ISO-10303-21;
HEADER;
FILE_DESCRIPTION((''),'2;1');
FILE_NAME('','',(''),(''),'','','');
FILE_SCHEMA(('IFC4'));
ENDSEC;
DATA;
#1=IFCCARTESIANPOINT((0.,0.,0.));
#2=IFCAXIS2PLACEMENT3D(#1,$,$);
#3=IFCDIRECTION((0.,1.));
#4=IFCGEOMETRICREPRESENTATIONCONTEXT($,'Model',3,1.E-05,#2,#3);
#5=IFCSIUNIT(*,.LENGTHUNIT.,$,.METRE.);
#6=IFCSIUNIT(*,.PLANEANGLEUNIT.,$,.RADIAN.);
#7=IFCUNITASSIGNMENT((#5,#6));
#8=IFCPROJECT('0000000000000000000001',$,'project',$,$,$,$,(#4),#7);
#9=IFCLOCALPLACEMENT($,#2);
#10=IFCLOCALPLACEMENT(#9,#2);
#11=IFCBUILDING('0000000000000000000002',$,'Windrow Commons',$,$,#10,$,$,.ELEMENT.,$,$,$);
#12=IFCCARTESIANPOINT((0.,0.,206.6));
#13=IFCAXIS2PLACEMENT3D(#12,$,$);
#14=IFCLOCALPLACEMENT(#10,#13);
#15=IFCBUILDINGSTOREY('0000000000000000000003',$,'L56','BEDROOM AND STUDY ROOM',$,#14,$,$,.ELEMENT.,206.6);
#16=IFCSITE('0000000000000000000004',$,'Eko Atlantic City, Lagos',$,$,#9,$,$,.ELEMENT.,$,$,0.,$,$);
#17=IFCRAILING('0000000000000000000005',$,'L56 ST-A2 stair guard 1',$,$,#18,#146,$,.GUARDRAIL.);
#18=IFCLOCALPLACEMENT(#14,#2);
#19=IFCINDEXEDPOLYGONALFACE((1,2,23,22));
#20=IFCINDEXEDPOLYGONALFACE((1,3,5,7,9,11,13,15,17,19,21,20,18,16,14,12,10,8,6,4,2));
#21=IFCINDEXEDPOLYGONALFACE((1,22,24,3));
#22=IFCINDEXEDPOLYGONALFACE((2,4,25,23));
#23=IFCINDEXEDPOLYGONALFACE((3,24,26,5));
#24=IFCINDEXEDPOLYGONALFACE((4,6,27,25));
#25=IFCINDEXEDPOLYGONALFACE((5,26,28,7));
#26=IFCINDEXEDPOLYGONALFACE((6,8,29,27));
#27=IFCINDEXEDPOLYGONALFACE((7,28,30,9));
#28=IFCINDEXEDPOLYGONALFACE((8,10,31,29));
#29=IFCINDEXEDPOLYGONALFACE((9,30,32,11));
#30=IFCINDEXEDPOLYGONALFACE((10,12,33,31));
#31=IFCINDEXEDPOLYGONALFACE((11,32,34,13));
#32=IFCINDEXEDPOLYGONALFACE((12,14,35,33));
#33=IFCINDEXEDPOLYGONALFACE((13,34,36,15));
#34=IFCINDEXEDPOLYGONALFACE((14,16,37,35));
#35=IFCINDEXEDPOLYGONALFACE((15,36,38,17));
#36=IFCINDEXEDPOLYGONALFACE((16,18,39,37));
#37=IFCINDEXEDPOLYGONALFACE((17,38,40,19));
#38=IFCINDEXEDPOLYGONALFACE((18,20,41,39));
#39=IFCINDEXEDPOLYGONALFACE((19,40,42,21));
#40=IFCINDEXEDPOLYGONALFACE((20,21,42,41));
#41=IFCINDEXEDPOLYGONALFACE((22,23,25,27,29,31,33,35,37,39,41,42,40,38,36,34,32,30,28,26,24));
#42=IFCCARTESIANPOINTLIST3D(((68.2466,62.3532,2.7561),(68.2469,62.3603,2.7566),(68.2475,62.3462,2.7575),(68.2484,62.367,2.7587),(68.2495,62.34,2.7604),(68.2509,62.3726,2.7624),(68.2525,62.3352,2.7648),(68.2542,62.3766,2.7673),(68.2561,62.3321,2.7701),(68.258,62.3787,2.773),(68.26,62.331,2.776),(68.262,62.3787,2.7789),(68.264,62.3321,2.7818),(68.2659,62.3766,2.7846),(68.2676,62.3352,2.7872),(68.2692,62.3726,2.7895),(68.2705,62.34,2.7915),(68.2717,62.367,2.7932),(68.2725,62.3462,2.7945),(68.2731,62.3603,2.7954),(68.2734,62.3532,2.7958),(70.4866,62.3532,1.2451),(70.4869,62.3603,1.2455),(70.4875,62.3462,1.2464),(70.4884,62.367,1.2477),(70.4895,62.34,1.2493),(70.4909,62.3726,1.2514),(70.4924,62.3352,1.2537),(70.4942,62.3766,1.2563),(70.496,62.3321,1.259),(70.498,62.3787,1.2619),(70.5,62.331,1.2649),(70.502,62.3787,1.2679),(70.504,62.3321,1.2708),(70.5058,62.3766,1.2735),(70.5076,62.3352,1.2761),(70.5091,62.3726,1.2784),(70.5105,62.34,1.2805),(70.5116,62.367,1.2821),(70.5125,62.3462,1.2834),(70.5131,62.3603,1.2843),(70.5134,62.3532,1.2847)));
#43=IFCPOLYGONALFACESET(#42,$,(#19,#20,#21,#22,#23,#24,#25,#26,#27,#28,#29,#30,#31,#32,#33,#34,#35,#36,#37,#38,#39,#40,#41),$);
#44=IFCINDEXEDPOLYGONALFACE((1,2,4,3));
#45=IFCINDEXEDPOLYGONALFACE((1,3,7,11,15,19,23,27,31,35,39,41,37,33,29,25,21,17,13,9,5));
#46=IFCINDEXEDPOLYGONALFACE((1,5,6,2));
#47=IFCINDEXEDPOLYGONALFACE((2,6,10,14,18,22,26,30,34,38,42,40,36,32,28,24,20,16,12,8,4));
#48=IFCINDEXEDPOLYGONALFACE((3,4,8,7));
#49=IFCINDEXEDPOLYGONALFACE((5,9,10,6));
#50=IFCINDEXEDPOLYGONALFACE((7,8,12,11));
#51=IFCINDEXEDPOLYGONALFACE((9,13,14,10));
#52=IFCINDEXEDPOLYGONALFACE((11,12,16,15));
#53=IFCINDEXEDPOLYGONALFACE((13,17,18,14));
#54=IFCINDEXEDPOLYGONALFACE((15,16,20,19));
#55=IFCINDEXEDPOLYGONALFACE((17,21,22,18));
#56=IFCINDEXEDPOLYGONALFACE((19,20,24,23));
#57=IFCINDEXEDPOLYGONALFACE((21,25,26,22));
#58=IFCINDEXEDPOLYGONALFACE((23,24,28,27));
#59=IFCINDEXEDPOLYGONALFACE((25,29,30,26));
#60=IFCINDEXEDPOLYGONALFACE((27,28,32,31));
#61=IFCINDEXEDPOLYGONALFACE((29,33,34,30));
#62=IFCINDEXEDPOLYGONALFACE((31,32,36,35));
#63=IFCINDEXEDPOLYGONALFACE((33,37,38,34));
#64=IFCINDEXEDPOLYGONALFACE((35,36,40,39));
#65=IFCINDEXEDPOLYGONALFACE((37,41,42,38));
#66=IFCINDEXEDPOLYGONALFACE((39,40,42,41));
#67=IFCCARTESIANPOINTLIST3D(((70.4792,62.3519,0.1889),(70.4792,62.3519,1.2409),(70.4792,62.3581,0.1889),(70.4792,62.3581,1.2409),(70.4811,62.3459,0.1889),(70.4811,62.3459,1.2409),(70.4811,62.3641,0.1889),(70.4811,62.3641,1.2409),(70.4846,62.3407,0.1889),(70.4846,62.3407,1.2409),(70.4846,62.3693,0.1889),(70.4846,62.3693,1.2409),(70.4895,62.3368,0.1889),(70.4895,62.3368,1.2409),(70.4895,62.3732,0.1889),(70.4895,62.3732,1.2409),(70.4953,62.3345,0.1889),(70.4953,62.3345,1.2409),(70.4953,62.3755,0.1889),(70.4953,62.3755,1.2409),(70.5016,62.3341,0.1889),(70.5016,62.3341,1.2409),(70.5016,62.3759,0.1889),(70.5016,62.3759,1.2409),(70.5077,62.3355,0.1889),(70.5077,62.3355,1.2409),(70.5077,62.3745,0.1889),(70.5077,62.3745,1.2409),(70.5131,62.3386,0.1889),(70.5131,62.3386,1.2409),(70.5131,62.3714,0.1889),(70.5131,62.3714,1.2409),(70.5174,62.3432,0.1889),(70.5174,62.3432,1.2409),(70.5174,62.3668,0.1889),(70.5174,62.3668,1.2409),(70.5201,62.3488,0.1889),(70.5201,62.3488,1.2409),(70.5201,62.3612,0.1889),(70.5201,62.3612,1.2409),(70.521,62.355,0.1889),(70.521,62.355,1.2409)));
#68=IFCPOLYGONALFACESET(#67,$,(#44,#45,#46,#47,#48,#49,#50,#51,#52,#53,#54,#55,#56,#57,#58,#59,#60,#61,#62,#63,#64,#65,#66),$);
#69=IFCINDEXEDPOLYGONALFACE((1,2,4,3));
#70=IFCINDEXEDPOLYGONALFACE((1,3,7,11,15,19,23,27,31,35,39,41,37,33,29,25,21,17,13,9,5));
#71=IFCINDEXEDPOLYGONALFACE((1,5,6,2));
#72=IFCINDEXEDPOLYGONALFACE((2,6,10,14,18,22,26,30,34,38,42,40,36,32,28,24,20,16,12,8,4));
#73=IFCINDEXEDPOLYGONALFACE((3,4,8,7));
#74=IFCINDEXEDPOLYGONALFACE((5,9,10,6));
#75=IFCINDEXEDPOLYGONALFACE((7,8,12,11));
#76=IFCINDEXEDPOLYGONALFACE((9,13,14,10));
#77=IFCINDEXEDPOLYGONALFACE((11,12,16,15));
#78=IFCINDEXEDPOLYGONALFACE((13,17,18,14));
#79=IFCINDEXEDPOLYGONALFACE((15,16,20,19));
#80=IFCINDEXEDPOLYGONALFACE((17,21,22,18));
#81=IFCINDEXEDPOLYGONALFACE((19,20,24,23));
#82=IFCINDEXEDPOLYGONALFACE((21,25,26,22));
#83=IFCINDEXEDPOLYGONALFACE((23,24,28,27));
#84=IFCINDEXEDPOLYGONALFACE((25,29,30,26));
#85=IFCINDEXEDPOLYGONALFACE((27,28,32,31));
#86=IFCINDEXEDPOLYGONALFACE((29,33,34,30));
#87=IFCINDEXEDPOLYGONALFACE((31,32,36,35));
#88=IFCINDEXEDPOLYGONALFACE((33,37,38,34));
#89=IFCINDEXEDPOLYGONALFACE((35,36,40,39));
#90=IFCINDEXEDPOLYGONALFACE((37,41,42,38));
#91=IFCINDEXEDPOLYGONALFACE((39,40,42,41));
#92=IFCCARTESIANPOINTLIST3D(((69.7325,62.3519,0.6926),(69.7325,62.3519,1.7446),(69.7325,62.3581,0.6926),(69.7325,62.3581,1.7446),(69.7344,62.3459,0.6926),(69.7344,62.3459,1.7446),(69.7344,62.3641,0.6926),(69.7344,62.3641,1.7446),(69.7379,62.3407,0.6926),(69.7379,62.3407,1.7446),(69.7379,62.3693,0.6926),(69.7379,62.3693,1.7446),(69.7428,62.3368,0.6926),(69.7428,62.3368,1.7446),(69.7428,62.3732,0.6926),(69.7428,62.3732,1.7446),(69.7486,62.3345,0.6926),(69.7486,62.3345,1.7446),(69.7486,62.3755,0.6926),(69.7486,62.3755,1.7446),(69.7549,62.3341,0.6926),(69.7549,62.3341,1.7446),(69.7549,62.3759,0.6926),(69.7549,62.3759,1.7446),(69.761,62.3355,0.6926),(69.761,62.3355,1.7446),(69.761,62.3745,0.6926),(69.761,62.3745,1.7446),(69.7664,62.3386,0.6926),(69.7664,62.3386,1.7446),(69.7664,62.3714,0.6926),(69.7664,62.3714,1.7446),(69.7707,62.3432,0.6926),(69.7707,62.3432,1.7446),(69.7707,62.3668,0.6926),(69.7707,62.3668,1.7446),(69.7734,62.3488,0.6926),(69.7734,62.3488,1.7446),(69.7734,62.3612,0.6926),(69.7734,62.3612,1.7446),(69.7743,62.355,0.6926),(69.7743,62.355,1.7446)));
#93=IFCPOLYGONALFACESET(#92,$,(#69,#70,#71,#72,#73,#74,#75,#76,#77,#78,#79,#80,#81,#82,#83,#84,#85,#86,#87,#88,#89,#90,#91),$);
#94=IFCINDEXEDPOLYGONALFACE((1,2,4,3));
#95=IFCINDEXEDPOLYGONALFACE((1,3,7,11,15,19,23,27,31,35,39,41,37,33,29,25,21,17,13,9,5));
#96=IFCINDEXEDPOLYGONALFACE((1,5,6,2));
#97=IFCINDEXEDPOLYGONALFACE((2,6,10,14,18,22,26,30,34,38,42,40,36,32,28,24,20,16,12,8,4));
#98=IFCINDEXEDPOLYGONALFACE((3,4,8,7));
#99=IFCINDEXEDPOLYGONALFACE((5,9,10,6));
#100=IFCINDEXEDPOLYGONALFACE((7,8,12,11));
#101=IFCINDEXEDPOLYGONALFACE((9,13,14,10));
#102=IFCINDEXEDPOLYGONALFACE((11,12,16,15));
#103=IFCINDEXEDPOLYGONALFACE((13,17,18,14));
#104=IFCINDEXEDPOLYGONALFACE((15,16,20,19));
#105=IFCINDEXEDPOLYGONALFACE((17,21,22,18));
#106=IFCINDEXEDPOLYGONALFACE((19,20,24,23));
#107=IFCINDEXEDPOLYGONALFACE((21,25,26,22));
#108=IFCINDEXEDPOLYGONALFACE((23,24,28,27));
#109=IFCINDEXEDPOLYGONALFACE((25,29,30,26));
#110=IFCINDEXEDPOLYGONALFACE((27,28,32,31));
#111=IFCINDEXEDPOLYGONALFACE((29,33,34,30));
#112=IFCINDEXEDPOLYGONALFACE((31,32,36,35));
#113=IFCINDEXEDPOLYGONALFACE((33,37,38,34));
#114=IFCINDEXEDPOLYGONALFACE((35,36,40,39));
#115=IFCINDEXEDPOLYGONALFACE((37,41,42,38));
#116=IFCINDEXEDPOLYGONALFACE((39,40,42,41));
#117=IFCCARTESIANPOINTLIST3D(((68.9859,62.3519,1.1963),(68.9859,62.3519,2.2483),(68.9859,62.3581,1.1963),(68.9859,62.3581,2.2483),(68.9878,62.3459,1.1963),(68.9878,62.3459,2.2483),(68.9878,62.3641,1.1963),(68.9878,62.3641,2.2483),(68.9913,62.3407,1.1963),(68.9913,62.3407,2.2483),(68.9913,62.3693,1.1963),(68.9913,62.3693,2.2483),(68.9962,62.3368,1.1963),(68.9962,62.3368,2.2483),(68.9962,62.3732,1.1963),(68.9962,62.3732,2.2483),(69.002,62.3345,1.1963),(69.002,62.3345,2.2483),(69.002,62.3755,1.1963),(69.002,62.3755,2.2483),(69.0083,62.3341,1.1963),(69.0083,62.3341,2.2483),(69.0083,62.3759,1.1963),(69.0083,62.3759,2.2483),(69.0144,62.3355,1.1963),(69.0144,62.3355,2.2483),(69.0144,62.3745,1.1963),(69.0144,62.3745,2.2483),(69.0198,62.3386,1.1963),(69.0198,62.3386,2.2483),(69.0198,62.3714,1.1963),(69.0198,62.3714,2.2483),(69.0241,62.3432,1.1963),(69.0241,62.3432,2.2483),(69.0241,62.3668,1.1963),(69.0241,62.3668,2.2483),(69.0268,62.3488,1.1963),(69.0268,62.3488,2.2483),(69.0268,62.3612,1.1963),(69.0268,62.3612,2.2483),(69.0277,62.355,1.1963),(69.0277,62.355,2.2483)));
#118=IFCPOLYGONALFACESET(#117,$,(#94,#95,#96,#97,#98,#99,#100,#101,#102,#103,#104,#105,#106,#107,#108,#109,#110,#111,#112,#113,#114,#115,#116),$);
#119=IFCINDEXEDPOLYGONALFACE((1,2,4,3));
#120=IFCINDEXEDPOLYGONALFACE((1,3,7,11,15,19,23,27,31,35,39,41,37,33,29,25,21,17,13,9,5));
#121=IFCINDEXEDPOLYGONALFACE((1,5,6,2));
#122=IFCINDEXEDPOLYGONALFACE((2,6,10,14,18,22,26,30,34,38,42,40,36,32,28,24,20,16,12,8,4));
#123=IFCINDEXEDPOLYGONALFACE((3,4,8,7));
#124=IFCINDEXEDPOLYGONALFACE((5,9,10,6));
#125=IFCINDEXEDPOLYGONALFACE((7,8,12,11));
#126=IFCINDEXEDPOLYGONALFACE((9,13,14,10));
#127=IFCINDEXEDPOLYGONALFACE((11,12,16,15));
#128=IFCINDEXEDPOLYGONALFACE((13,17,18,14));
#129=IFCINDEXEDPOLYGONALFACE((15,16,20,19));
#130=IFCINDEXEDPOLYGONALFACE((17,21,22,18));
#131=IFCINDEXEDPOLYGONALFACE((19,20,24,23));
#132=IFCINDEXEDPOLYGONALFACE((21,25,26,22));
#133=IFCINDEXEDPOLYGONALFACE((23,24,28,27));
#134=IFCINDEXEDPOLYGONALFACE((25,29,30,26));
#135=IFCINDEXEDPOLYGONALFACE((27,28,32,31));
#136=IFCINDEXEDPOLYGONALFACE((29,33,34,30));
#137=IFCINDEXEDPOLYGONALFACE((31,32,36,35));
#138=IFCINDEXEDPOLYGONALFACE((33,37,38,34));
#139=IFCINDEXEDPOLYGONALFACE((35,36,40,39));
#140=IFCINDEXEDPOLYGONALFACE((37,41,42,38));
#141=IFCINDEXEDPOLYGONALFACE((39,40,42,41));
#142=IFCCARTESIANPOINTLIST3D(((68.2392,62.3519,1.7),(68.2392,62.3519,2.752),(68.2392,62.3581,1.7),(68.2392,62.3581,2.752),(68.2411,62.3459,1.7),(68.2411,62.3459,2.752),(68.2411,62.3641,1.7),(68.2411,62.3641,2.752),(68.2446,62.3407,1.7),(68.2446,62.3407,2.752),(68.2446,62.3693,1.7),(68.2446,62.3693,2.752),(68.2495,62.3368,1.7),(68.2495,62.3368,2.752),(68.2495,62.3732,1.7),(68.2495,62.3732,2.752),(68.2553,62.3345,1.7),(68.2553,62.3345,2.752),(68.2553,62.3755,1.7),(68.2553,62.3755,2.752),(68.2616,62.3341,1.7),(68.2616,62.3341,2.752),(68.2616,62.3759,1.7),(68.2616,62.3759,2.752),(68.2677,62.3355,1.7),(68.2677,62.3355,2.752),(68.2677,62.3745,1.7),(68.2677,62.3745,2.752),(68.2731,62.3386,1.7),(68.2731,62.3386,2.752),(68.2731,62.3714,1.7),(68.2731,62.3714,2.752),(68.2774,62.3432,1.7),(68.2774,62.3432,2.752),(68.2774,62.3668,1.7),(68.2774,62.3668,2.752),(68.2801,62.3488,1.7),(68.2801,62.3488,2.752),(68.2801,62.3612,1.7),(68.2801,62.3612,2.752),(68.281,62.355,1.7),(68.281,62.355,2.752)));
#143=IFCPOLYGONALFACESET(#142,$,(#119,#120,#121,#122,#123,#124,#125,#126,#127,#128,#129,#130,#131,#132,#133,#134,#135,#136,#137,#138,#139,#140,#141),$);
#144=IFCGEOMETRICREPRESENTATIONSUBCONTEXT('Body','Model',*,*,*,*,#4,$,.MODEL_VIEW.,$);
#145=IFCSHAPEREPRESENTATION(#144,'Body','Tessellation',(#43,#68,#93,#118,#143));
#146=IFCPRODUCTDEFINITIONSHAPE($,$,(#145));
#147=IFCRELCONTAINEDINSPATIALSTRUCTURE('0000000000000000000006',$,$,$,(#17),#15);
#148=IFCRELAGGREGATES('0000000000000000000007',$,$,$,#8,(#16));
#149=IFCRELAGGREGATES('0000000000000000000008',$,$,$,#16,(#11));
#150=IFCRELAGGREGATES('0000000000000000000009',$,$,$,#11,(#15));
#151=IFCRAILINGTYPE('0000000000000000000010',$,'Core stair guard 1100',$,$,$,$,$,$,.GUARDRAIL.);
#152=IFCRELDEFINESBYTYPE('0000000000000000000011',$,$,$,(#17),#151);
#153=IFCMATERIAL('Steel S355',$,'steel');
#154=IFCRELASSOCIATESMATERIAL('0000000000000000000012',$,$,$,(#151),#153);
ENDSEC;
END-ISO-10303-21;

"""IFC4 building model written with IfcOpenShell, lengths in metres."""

from ifc_helpers import new_model, si_unit, direction, frame, origin, origin_2d, place, context, subcontext, project, spatial, circle, extrude, material, type_object, element, save


model = new_model("IFC4")

# Units and contexts
model_context = context("Model", 3, precision=1e-05, world=origin(), true_north=direction((0.0, 1.0)))
body_context = subcontext(model_context, "Body", "Model", "MODEL_VIEW")
ifc_project = project(units=[si_unit("LENGTHUNIT", "METRE"), si_unit("PLANEANGLEUNIT", "RADIAN")], contexts=[model_context])

# Site, building, storey
site_placement = place(None, origin())
site = spatial("IfcSite", under=ifc_project, at=site_placement, Name="Eko Atlantic City, Lagos", CompositionType="ELEMENT", RefElevation=0.0)
building_placement = place(site_placement, origin())
building = spatial("IfcBuilding", under=site, at=building_placement, Name="Windrow Commons", CompositionType="ELEMENT")
storey_placement = place(building_placement, frame((0.0, 0.0, 206.6)))
storey = spatial("IfcBuildingStorey", under=building, at=storey_placement, Name="L56", Description="BEDROOM AND STUDY ROOM", CompositionType="ELEMENT", Elevation=206.6)

# Railing
ifc_material_1 = material(Name="Steel S355", Category="steel")
railing_type_1 = type_object("IfcRailingType", Name="Core stair guard 1100", PredefinedType="GUARDRAIL", material=ifc_material_1)
railing_1_placement = place(storey_placement, frame((70.5, 62.355, 0.1889)))
element("IfcRailing", 1, at=railing_1_placement, inside=storey, type_object=railing_type_1, Name="L56 ST-A2 stair guard 1", PredefinedType="GUARDRAIL", context=body_context, shape_type="SweptSolid", body=[
    extrude(circle(Radius=0.024, at=origin_2d()), frame((0.0, 0.0, 1.076), z_axis=(-0.829003, 0.0, 0.559244), x_axis=(0.0, -1.0, 0.0)), (0.0, 0.0, 1.0), 2.702),
    extrude(circle(Radius=0.021, at=origin_2d()), origin(), (0.0, 0.0, 1.0), 1.052),
    extrude(circle(Radius=0.021, at=origin_2d()), frame((-0.7467, 0.0, 0.5037)), (0.0, 0.0, 1.0), 1.052),
    extrude(circle(Radius=0.021, at=origin_2d()), frame((-1.4933, 0.0, 1.0074)), (0.0, 0.0, 1.0), 1.052),
    extrude(circle(Radius=0.021, at=origin_2d()), frame((-2.24, 0.0, 1.5111)), (0.0, 0.0, 1.0), 1.052),
])

save(model, "model.ifc")
